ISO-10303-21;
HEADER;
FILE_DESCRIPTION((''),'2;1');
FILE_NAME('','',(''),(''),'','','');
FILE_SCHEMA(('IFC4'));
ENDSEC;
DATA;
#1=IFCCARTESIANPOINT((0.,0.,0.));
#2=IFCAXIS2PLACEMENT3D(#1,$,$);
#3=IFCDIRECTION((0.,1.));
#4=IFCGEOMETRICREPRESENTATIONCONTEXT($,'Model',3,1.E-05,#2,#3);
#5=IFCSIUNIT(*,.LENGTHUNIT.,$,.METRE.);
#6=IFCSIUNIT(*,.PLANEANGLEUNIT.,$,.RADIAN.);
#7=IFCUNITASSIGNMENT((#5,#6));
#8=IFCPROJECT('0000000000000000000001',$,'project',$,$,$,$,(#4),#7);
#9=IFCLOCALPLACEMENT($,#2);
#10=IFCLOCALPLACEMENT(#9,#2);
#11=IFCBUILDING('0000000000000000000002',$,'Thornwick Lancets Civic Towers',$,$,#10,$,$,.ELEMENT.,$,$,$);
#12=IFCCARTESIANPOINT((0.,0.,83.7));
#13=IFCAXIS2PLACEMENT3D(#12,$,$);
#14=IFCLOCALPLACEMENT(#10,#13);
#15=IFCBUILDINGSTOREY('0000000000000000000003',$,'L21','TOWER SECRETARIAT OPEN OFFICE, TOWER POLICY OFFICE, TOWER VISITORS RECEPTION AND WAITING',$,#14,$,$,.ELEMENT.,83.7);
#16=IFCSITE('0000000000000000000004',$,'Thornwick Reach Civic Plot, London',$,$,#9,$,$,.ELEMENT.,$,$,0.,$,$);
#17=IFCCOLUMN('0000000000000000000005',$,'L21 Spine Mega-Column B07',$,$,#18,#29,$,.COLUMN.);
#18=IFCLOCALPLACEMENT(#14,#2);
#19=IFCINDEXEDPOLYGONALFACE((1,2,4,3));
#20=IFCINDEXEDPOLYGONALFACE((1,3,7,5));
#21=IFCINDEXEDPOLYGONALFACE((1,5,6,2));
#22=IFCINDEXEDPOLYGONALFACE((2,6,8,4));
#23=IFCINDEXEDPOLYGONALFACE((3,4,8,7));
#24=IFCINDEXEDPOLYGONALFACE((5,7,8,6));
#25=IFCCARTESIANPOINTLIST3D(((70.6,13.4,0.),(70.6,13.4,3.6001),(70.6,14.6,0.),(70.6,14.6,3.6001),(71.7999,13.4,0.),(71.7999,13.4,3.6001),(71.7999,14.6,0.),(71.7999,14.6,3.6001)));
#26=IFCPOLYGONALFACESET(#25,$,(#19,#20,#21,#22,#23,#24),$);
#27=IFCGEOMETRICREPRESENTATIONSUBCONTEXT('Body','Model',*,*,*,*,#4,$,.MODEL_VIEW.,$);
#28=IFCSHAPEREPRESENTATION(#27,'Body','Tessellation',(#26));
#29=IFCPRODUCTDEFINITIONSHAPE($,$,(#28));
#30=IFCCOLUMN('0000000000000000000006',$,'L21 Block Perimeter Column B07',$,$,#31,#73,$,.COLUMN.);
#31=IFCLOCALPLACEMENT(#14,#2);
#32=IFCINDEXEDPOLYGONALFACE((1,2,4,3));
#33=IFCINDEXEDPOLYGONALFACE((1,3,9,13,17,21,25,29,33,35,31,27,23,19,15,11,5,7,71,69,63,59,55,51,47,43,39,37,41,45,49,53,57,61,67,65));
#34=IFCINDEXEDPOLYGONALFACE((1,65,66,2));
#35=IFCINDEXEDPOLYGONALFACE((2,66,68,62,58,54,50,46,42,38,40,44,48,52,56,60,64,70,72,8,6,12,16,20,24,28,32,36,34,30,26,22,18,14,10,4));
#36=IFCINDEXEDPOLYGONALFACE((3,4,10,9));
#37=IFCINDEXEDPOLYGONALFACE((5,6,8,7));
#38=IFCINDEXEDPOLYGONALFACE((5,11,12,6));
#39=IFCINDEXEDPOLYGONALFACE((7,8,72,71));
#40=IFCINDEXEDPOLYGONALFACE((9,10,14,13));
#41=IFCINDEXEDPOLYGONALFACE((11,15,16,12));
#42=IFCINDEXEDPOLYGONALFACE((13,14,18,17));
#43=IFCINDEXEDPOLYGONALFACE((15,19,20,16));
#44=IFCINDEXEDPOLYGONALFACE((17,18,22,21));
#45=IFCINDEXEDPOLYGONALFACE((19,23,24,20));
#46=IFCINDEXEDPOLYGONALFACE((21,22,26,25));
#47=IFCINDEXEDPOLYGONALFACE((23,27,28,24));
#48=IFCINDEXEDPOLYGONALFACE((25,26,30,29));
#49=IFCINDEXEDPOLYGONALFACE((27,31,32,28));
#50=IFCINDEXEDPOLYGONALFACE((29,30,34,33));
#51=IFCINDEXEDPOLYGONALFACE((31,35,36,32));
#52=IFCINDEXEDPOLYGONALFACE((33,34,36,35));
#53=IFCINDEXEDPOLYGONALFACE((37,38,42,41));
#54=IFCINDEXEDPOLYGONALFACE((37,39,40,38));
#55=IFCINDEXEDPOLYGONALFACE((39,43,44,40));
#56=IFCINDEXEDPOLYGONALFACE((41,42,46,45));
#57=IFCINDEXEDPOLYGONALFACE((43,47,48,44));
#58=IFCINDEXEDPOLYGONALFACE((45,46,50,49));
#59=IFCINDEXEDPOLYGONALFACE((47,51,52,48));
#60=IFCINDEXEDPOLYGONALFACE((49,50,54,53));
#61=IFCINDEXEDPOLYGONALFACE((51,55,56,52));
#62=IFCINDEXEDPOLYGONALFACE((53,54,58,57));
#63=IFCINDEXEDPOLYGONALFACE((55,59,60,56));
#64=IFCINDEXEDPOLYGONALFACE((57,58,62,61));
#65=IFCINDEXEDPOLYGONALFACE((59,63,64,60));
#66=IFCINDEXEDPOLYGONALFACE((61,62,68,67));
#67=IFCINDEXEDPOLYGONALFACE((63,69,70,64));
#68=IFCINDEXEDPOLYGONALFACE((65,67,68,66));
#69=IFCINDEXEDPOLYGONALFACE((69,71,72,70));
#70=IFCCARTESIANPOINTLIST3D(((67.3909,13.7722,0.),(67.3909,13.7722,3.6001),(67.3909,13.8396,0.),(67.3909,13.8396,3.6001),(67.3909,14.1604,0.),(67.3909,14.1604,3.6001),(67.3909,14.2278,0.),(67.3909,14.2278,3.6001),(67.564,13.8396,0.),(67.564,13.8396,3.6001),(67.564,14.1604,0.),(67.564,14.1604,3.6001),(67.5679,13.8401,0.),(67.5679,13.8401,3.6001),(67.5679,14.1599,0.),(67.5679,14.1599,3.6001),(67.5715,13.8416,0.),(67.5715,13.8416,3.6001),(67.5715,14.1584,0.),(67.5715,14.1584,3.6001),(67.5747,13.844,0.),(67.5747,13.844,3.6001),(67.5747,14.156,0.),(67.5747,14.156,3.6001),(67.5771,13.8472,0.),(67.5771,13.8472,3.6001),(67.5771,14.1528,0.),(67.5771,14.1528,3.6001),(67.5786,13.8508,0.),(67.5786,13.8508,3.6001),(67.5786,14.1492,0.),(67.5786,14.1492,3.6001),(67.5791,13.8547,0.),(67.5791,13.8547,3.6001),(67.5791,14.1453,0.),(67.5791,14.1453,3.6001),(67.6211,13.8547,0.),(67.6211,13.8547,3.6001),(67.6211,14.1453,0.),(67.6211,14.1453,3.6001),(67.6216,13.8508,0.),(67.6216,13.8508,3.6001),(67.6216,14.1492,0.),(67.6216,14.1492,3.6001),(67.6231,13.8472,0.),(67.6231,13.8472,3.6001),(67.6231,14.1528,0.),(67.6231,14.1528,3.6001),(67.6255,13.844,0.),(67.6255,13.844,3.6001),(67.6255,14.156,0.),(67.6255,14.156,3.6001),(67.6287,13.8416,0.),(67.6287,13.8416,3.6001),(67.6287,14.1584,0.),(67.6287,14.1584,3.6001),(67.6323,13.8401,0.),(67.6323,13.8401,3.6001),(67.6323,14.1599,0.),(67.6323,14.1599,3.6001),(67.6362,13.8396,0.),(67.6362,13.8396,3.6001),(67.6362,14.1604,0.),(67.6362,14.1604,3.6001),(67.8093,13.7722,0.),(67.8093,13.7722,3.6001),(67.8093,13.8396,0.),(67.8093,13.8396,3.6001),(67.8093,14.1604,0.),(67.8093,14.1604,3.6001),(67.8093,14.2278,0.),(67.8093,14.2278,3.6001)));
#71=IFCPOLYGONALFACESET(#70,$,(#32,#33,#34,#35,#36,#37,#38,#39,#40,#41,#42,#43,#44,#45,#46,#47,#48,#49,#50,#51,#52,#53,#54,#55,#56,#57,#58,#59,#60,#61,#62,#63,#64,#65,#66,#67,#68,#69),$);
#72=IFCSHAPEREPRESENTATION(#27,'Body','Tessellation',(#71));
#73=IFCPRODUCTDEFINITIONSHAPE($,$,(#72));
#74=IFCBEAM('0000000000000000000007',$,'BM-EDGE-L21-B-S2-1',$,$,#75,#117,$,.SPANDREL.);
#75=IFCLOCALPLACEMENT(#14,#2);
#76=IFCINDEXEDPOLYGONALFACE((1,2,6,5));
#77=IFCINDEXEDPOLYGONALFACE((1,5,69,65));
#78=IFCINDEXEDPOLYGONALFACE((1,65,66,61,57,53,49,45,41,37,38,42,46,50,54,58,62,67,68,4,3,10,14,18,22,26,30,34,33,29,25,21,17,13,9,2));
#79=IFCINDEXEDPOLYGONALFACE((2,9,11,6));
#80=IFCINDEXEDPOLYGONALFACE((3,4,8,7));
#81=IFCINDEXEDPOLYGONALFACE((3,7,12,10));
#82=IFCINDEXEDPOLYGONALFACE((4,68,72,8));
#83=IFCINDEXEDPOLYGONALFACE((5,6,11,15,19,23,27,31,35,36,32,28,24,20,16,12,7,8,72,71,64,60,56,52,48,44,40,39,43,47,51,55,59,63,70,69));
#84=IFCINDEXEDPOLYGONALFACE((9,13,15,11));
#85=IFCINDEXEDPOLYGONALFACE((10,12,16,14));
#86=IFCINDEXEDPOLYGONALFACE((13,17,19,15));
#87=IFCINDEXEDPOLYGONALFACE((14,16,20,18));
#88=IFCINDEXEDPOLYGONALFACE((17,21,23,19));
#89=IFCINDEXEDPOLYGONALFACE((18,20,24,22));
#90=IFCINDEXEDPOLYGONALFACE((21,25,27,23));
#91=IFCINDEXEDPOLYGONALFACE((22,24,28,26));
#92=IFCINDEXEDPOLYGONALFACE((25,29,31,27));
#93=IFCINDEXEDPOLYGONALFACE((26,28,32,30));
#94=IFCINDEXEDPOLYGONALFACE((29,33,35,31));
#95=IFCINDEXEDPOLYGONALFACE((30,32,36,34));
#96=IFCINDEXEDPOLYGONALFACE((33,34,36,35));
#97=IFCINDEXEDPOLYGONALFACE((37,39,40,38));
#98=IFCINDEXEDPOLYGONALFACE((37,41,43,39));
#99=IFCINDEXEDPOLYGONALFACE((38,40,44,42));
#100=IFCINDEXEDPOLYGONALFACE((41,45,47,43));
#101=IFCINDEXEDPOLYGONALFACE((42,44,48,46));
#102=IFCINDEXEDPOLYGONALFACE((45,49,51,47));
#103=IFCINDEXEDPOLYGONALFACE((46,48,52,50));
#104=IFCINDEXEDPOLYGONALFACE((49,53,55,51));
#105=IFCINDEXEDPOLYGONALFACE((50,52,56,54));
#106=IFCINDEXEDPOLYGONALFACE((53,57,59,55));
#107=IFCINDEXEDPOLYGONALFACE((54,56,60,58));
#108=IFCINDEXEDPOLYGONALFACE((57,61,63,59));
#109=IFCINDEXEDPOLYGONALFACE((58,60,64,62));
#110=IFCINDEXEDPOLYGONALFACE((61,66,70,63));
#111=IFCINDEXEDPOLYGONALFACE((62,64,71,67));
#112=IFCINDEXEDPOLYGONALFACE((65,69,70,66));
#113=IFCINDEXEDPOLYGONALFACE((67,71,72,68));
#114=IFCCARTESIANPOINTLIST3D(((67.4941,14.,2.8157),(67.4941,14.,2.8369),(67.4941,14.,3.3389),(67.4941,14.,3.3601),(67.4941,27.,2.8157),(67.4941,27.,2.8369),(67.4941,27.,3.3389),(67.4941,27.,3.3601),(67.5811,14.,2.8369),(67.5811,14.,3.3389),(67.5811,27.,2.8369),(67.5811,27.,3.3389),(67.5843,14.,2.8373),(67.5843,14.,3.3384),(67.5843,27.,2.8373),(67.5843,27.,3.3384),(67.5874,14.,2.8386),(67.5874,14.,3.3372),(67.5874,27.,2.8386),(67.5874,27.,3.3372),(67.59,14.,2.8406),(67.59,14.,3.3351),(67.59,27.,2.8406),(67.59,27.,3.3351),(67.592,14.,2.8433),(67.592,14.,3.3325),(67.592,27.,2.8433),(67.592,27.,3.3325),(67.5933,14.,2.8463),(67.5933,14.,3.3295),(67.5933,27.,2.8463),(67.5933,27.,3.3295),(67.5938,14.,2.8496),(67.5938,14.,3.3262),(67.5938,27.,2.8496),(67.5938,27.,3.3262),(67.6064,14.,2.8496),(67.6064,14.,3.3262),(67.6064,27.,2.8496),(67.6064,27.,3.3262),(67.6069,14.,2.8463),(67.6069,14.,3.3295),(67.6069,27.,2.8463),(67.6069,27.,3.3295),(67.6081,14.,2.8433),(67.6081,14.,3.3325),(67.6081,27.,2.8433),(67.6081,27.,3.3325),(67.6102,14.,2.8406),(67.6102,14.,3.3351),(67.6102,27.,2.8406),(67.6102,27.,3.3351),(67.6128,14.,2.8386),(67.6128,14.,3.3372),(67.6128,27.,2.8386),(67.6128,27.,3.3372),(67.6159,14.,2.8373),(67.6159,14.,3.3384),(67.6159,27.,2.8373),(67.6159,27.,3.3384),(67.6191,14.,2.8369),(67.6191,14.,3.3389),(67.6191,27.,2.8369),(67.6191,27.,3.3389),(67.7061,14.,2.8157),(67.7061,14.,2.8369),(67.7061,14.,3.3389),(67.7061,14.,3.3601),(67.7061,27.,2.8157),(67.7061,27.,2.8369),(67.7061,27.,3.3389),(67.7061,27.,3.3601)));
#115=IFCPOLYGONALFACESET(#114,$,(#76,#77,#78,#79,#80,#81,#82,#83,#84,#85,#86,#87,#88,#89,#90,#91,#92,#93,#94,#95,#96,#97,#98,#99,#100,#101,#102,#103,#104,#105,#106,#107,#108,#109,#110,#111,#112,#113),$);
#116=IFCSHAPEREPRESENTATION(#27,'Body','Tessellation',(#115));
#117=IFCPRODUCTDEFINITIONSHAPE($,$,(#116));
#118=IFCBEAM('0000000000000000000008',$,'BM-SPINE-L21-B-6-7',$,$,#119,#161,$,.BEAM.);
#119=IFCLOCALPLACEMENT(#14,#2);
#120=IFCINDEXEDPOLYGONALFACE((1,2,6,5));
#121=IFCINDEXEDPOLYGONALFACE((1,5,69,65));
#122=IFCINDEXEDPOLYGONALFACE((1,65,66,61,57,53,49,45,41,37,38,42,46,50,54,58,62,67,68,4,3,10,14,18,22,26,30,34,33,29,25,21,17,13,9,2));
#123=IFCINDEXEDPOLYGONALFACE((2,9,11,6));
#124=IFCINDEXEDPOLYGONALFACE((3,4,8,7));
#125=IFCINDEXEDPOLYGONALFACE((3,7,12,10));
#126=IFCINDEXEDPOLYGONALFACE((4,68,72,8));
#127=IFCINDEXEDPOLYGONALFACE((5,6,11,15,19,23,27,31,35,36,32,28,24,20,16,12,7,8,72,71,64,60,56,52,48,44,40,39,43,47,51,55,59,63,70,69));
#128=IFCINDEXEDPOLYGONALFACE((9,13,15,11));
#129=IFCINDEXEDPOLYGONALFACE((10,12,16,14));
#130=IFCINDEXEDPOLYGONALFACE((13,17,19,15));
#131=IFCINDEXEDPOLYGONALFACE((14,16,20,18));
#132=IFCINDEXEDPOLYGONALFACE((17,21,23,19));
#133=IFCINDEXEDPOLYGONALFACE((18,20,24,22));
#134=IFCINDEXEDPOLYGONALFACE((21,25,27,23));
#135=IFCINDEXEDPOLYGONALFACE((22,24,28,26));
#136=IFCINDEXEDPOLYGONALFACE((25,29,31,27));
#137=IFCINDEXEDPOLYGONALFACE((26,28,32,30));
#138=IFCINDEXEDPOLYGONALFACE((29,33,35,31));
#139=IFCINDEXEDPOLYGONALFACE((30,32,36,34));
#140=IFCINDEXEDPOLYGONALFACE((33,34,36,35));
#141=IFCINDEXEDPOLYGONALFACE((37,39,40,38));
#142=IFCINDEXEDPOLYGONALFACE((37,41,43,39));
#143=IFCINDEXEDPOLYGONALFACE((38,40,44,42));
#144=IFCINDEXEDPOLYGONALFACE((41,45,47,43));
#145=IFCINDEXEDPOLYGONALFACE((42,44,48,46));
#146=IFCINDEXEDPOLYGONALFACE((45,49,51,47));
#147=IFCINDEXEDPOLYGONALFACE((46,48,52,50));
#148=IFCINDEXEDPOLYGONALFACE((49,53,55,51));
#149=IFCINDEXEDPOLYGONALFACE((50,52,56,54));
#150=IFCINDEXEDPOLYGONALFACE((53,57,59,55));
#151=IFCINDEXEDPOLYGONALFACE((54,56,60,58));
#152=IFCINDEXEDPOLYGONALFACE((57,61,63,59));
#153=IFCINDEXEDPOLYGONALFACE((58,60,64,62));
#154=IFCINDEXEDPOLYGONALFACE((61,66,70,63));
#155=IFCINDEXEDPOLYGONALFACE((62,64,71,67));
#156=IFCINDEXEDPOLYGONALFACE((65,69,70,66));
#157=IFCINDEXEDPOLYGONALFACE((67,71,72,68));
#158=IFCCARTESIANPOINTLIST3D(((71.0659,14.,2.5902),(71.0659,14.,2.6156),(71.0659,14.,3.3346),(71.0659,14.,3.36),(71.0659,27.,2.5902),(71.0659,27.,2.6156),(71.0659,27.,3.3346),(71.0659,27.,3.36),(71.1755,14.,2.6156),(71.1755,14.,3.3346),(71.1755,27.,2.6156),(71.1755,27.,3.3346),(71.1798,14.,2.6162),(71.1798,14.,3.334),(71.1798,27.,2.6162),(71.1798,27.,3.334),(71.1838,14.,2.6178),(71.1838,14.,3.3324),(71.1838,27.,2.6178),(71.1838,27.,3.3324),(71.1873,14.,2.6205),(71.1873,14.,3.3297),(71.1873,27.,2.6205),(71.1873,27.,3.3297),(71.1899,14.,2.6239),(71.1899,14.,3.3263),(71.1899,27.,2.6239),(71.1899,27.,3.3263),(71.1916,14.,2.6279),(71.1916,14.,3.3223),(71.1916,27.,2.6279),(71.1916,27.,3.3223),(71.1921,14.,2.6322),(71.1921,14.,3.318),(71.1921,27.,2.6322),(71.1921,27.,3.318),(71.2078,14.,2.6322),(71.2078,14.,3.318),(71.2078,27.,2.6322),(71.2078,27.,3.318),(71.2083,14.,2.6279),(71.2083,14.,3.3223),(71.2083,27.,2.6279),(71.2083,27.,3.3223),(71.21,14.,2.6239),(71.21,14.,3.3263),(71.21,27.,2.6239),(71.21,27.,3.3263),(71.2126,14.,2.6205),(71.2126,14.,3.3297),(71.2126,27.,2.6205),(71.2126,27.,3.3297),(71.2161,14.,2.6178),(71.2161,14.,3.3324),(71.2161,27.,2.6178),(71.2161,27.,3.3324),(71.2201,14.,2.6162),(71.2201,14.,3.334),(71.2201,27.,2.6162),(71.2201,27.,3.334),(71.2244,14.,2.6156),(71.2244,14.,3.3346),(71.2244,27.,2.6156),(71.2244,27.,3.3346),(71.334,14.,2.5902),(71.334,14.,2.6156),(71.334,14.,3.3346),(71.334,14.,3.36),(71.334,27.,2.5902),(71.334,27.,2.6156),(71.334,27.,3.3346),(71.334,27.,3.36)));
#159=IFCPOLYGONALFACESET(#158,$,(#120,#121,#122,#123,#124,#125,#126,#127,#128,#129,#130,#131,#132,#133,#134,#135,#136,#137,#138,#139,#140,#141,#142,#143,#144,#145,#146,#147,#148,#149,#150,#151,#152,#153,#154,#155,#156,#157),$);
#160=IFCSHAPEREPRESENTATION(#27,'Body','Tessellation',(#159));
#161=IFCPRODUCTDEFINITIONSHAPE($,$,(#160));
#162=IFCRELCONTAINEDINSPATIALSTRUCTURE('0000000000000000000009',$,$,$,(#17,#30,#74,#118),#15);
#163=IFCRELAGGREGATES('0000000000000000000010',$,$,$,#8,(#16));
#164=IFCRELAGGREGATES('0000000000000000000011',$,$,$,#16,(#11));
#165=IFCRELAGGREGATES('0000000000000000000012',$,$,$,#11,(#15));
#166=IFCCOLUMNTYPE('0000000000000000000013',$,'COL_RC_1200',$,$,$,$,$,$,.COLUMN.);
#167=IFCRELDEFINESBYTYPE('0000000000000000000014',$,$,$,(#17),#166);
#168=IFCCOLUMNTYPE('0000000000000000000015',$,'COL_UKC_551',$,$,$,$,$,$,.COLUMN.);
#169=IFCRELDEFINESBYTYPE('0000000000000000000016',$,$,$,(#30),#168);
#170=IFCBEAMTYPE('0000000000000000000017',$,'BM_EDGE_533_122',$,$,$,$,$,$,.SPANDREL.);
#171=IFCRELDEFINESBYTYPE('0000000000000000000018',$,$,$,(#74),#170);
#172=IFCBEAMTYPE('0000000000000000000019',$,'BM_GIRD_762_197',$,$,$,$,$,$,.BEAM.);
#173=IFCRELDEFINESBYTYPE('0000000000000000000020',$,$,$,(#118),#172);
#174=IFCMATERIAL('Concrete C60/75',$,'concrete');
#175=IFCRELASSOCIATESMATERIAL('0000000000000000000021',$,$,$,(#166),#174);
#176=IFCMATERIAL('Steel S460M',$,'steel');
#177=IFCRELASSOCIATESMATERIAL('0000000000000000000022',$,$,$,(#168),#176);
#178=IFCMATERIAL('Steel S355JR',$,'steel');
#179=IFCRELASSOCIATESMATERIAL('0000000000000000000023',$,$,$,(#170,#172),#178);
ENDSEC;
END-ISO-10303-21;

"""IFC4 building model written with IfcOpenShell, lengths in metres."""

from ifc_helpers import new_model, si_unit, direction, frame, origin, origin_2d, place, context, subcontext, project, spatial, rectangle, i_section, extrude, material, material_profile, profile_set, type_object, element, save


model = new_model("IFC4")

# Units and contexts
model_context = context("Model", 3, precision=1e-05, world=origin(), true_north=direction((0.0, 1.0)))
body_context = subcontext(model_context, "Body", "Model", "MODEL_VIEW")
ifc_project = project(units=[si_unit("LENGTHUNIT", "METRE"), si_unit("PLANEANGLEUNIT", "RADIAN")], contexts=[model_context])

# Site, building, storey
site_placement = place(None, origin())
site = spatial("IfcSite", under=ifc_project, at=site_placement, Name="Thornwick Reach Civic Plot, London", CompositionType="ELEMENT", RefElevation=0.0)
building_placement = place(site_placement, origin())
building = spatial("IfcBuilding", under=site, at=building_placement, Name="Thornwick Lancets Civic Towers", CompositionType="ELEMENT")
storey_placement = place(building_placement, frame((0.0, 0.0, 83.7)))
storey = spatial("IfcBuildingStorey", under=building, at=storey_placement, Name="L21", Description="TOWER SECRETARIAT OPEN OFFICE, TOWER POLICY OFFICE, TOWER VISITORS RECEPTION AND WAITING", CompositionType="ELEMENT", Elevation=83.7)

# Columns
ifc_material_1 = material(Name="Concrete C60/75", Category="concrete")
ifc_material_profile_1 = material_profile(ifc_material_1, rectangle(XDim=1.2, YDim=1.2, at=origin_2d()), Name="RC 1200x1200")
ifc_profile_set_1 = profile_set([ifc_material_profile_1], Name="Concrete C60/75")
column_type_1 = type_object("IfcColumnType", Name="COL_RC_1200", PredefinedType="COLUMN", material=ifc_profile_set_1)
column_1_placement = place(storey_placement, frame((71.2, 14.0, 0.0), z_axis=(0.0, 0.0, 1.0), x_axis=(1.0, 0.0, 0.0)))
element("IfcColumn", 1, at=column_1_placement, inside=storey, type_object=column_type_1, Name="L21 Spine Mega-Column B07", PredefinedType="COLUMN", context=body_context, shape_type="SweptSolid", body=[
    extrude(rectangle(XDim=1.2, YDim=1.2, at=origin_2d()), origin(), (0.0, 0.0, 1.0), 3.6001),
])
ifc_material_2 = material(Name="Steel S460M", Category="steel")
ifc_material_profile_2 = material_profile(ifc_material_2, i_section(OverallWidth=0.4185, OverallDepth=0.4556, WebThickness=0.042, FlangeThickness=0.0674, FilletRadius=0.0151, at=origin_2d()), Name="UKC 356x406x551")
ifc_profile_set_2 = profile_set([ifc_material_profile_2], Name="Steel S460M")
column_type_2 = type_object("IfcColumnType", Name="COL_UKC_551", PredefinedType="COLUMN", material=ifc_profile_set_2)
column_2_placement = place(storey_placement, frame((67.6001, 14.0, 0.0), z_axis=(0.0, 0.0, 1.0), x_axis=(1.0, 0.0, 0.0)))
element("IfcColumn", 2, at=column_2_placement, inside=storey, type_object=column_type_2, Name="L21 Block Perimeter Column B07", PredefinedType="COLUMN", context=body_context, shape_type="SweptSolid", body=[
    extrude(i_section(OverallWidth=0.4185, OverallDepth=0.4556, WebThickness=0.042, FlangeThickness=0.0674, FilletRadius=0.0151, at=origin_2d()), origin(), (0.0, 0.0, 1.0), 3.6001),
])

# Beams
ifc_material_3 = material(Name="Steel S355JR", Category="steel")
ifc_material_profile_3 = material_profile(ifc_material_3, i_section(OverallWidth=0.2119, OverallDepth=0.5444, WebThickness=0.0127, FlangeThickness=0.0212, FilletRadius=0.0127, at=origin_2d()), Name="UKB 533x210x122")
ifc_profile_set_3 = profile_set([ifc_material_profile_3], Name="Steel S355JR")
beam_type_1 = type_object("IfcBeamType", Name="BM_EDGE_533_122", PredefinedType="SPANDREL", material=ifc_profile_set_3)
beam_1_placement = place(storey_placement, frame((67.6001, 14.0, 3.0879), z_axis=(0.0, 1.0, 0.0), x_axis=(-1.0, 0.0, 0.0)))
element("IfcBeam", 3, at=beam_1_placement, inside=storey, type_object=beam_type_1, Name="BM-EDGE-L21-B-S2-1", PredefinedType="SPANDREL", context=body_context, shape_type="SweptSolid", body=[
    extrude(i_section(OverallWidth=0.2119, OverallDepth=0.5444, WebThickness=0.0127, FlangeThickness=0.0212, FilletRadius=0.0127, at=origin_2d()), origin(), (0.0, 0.0, 1.0), 13.0),
])
ifc_material_profile_4 = material_profile(ifc_material_3, i_section(OverallWidth=0.2681, OverallDepth=0.7698, WebThickness=0.0156, FlangeThickness=0.0254, FilletRadius=0.0166, at=origin_2d()), Name="UKB 762x267x197")
ifc_profile_set_4 = profile_set([ifc_material_profile_4], Name="Steel S355JR")
beam_type_2 = type_object("IfcBeamType", Name="BM_GIRD_762_197", PredefinedType="BEAM", material=ifc_profile_set_4)
beam_2_placement = place(storey_placement, frame((71.2, 14.0, 2.9751), z_axis=(0.0, 1.0, 0.0), x_axis=(-1.0, 0.0, 0.0)))
element("IfcBeam", 4, at=beam_2_placement, inside=storey, type_object=beam_type_2, Name="BM-SPINE-L21-B-6-7", PredefinedType="BEAM", context=body_context, shape_type="SweptSolid", body=[
    extrude(i_section(OverallWidth=0.2681, OverallDepth=0.7698, WebThickness=0.0156, FlangeThickness=0.0254, FilletRadius=0.0166, at=origin_2d()), origin(), (0.0, 0.0, 1.0), 13.0),
])

save(model, "model.ifc")
